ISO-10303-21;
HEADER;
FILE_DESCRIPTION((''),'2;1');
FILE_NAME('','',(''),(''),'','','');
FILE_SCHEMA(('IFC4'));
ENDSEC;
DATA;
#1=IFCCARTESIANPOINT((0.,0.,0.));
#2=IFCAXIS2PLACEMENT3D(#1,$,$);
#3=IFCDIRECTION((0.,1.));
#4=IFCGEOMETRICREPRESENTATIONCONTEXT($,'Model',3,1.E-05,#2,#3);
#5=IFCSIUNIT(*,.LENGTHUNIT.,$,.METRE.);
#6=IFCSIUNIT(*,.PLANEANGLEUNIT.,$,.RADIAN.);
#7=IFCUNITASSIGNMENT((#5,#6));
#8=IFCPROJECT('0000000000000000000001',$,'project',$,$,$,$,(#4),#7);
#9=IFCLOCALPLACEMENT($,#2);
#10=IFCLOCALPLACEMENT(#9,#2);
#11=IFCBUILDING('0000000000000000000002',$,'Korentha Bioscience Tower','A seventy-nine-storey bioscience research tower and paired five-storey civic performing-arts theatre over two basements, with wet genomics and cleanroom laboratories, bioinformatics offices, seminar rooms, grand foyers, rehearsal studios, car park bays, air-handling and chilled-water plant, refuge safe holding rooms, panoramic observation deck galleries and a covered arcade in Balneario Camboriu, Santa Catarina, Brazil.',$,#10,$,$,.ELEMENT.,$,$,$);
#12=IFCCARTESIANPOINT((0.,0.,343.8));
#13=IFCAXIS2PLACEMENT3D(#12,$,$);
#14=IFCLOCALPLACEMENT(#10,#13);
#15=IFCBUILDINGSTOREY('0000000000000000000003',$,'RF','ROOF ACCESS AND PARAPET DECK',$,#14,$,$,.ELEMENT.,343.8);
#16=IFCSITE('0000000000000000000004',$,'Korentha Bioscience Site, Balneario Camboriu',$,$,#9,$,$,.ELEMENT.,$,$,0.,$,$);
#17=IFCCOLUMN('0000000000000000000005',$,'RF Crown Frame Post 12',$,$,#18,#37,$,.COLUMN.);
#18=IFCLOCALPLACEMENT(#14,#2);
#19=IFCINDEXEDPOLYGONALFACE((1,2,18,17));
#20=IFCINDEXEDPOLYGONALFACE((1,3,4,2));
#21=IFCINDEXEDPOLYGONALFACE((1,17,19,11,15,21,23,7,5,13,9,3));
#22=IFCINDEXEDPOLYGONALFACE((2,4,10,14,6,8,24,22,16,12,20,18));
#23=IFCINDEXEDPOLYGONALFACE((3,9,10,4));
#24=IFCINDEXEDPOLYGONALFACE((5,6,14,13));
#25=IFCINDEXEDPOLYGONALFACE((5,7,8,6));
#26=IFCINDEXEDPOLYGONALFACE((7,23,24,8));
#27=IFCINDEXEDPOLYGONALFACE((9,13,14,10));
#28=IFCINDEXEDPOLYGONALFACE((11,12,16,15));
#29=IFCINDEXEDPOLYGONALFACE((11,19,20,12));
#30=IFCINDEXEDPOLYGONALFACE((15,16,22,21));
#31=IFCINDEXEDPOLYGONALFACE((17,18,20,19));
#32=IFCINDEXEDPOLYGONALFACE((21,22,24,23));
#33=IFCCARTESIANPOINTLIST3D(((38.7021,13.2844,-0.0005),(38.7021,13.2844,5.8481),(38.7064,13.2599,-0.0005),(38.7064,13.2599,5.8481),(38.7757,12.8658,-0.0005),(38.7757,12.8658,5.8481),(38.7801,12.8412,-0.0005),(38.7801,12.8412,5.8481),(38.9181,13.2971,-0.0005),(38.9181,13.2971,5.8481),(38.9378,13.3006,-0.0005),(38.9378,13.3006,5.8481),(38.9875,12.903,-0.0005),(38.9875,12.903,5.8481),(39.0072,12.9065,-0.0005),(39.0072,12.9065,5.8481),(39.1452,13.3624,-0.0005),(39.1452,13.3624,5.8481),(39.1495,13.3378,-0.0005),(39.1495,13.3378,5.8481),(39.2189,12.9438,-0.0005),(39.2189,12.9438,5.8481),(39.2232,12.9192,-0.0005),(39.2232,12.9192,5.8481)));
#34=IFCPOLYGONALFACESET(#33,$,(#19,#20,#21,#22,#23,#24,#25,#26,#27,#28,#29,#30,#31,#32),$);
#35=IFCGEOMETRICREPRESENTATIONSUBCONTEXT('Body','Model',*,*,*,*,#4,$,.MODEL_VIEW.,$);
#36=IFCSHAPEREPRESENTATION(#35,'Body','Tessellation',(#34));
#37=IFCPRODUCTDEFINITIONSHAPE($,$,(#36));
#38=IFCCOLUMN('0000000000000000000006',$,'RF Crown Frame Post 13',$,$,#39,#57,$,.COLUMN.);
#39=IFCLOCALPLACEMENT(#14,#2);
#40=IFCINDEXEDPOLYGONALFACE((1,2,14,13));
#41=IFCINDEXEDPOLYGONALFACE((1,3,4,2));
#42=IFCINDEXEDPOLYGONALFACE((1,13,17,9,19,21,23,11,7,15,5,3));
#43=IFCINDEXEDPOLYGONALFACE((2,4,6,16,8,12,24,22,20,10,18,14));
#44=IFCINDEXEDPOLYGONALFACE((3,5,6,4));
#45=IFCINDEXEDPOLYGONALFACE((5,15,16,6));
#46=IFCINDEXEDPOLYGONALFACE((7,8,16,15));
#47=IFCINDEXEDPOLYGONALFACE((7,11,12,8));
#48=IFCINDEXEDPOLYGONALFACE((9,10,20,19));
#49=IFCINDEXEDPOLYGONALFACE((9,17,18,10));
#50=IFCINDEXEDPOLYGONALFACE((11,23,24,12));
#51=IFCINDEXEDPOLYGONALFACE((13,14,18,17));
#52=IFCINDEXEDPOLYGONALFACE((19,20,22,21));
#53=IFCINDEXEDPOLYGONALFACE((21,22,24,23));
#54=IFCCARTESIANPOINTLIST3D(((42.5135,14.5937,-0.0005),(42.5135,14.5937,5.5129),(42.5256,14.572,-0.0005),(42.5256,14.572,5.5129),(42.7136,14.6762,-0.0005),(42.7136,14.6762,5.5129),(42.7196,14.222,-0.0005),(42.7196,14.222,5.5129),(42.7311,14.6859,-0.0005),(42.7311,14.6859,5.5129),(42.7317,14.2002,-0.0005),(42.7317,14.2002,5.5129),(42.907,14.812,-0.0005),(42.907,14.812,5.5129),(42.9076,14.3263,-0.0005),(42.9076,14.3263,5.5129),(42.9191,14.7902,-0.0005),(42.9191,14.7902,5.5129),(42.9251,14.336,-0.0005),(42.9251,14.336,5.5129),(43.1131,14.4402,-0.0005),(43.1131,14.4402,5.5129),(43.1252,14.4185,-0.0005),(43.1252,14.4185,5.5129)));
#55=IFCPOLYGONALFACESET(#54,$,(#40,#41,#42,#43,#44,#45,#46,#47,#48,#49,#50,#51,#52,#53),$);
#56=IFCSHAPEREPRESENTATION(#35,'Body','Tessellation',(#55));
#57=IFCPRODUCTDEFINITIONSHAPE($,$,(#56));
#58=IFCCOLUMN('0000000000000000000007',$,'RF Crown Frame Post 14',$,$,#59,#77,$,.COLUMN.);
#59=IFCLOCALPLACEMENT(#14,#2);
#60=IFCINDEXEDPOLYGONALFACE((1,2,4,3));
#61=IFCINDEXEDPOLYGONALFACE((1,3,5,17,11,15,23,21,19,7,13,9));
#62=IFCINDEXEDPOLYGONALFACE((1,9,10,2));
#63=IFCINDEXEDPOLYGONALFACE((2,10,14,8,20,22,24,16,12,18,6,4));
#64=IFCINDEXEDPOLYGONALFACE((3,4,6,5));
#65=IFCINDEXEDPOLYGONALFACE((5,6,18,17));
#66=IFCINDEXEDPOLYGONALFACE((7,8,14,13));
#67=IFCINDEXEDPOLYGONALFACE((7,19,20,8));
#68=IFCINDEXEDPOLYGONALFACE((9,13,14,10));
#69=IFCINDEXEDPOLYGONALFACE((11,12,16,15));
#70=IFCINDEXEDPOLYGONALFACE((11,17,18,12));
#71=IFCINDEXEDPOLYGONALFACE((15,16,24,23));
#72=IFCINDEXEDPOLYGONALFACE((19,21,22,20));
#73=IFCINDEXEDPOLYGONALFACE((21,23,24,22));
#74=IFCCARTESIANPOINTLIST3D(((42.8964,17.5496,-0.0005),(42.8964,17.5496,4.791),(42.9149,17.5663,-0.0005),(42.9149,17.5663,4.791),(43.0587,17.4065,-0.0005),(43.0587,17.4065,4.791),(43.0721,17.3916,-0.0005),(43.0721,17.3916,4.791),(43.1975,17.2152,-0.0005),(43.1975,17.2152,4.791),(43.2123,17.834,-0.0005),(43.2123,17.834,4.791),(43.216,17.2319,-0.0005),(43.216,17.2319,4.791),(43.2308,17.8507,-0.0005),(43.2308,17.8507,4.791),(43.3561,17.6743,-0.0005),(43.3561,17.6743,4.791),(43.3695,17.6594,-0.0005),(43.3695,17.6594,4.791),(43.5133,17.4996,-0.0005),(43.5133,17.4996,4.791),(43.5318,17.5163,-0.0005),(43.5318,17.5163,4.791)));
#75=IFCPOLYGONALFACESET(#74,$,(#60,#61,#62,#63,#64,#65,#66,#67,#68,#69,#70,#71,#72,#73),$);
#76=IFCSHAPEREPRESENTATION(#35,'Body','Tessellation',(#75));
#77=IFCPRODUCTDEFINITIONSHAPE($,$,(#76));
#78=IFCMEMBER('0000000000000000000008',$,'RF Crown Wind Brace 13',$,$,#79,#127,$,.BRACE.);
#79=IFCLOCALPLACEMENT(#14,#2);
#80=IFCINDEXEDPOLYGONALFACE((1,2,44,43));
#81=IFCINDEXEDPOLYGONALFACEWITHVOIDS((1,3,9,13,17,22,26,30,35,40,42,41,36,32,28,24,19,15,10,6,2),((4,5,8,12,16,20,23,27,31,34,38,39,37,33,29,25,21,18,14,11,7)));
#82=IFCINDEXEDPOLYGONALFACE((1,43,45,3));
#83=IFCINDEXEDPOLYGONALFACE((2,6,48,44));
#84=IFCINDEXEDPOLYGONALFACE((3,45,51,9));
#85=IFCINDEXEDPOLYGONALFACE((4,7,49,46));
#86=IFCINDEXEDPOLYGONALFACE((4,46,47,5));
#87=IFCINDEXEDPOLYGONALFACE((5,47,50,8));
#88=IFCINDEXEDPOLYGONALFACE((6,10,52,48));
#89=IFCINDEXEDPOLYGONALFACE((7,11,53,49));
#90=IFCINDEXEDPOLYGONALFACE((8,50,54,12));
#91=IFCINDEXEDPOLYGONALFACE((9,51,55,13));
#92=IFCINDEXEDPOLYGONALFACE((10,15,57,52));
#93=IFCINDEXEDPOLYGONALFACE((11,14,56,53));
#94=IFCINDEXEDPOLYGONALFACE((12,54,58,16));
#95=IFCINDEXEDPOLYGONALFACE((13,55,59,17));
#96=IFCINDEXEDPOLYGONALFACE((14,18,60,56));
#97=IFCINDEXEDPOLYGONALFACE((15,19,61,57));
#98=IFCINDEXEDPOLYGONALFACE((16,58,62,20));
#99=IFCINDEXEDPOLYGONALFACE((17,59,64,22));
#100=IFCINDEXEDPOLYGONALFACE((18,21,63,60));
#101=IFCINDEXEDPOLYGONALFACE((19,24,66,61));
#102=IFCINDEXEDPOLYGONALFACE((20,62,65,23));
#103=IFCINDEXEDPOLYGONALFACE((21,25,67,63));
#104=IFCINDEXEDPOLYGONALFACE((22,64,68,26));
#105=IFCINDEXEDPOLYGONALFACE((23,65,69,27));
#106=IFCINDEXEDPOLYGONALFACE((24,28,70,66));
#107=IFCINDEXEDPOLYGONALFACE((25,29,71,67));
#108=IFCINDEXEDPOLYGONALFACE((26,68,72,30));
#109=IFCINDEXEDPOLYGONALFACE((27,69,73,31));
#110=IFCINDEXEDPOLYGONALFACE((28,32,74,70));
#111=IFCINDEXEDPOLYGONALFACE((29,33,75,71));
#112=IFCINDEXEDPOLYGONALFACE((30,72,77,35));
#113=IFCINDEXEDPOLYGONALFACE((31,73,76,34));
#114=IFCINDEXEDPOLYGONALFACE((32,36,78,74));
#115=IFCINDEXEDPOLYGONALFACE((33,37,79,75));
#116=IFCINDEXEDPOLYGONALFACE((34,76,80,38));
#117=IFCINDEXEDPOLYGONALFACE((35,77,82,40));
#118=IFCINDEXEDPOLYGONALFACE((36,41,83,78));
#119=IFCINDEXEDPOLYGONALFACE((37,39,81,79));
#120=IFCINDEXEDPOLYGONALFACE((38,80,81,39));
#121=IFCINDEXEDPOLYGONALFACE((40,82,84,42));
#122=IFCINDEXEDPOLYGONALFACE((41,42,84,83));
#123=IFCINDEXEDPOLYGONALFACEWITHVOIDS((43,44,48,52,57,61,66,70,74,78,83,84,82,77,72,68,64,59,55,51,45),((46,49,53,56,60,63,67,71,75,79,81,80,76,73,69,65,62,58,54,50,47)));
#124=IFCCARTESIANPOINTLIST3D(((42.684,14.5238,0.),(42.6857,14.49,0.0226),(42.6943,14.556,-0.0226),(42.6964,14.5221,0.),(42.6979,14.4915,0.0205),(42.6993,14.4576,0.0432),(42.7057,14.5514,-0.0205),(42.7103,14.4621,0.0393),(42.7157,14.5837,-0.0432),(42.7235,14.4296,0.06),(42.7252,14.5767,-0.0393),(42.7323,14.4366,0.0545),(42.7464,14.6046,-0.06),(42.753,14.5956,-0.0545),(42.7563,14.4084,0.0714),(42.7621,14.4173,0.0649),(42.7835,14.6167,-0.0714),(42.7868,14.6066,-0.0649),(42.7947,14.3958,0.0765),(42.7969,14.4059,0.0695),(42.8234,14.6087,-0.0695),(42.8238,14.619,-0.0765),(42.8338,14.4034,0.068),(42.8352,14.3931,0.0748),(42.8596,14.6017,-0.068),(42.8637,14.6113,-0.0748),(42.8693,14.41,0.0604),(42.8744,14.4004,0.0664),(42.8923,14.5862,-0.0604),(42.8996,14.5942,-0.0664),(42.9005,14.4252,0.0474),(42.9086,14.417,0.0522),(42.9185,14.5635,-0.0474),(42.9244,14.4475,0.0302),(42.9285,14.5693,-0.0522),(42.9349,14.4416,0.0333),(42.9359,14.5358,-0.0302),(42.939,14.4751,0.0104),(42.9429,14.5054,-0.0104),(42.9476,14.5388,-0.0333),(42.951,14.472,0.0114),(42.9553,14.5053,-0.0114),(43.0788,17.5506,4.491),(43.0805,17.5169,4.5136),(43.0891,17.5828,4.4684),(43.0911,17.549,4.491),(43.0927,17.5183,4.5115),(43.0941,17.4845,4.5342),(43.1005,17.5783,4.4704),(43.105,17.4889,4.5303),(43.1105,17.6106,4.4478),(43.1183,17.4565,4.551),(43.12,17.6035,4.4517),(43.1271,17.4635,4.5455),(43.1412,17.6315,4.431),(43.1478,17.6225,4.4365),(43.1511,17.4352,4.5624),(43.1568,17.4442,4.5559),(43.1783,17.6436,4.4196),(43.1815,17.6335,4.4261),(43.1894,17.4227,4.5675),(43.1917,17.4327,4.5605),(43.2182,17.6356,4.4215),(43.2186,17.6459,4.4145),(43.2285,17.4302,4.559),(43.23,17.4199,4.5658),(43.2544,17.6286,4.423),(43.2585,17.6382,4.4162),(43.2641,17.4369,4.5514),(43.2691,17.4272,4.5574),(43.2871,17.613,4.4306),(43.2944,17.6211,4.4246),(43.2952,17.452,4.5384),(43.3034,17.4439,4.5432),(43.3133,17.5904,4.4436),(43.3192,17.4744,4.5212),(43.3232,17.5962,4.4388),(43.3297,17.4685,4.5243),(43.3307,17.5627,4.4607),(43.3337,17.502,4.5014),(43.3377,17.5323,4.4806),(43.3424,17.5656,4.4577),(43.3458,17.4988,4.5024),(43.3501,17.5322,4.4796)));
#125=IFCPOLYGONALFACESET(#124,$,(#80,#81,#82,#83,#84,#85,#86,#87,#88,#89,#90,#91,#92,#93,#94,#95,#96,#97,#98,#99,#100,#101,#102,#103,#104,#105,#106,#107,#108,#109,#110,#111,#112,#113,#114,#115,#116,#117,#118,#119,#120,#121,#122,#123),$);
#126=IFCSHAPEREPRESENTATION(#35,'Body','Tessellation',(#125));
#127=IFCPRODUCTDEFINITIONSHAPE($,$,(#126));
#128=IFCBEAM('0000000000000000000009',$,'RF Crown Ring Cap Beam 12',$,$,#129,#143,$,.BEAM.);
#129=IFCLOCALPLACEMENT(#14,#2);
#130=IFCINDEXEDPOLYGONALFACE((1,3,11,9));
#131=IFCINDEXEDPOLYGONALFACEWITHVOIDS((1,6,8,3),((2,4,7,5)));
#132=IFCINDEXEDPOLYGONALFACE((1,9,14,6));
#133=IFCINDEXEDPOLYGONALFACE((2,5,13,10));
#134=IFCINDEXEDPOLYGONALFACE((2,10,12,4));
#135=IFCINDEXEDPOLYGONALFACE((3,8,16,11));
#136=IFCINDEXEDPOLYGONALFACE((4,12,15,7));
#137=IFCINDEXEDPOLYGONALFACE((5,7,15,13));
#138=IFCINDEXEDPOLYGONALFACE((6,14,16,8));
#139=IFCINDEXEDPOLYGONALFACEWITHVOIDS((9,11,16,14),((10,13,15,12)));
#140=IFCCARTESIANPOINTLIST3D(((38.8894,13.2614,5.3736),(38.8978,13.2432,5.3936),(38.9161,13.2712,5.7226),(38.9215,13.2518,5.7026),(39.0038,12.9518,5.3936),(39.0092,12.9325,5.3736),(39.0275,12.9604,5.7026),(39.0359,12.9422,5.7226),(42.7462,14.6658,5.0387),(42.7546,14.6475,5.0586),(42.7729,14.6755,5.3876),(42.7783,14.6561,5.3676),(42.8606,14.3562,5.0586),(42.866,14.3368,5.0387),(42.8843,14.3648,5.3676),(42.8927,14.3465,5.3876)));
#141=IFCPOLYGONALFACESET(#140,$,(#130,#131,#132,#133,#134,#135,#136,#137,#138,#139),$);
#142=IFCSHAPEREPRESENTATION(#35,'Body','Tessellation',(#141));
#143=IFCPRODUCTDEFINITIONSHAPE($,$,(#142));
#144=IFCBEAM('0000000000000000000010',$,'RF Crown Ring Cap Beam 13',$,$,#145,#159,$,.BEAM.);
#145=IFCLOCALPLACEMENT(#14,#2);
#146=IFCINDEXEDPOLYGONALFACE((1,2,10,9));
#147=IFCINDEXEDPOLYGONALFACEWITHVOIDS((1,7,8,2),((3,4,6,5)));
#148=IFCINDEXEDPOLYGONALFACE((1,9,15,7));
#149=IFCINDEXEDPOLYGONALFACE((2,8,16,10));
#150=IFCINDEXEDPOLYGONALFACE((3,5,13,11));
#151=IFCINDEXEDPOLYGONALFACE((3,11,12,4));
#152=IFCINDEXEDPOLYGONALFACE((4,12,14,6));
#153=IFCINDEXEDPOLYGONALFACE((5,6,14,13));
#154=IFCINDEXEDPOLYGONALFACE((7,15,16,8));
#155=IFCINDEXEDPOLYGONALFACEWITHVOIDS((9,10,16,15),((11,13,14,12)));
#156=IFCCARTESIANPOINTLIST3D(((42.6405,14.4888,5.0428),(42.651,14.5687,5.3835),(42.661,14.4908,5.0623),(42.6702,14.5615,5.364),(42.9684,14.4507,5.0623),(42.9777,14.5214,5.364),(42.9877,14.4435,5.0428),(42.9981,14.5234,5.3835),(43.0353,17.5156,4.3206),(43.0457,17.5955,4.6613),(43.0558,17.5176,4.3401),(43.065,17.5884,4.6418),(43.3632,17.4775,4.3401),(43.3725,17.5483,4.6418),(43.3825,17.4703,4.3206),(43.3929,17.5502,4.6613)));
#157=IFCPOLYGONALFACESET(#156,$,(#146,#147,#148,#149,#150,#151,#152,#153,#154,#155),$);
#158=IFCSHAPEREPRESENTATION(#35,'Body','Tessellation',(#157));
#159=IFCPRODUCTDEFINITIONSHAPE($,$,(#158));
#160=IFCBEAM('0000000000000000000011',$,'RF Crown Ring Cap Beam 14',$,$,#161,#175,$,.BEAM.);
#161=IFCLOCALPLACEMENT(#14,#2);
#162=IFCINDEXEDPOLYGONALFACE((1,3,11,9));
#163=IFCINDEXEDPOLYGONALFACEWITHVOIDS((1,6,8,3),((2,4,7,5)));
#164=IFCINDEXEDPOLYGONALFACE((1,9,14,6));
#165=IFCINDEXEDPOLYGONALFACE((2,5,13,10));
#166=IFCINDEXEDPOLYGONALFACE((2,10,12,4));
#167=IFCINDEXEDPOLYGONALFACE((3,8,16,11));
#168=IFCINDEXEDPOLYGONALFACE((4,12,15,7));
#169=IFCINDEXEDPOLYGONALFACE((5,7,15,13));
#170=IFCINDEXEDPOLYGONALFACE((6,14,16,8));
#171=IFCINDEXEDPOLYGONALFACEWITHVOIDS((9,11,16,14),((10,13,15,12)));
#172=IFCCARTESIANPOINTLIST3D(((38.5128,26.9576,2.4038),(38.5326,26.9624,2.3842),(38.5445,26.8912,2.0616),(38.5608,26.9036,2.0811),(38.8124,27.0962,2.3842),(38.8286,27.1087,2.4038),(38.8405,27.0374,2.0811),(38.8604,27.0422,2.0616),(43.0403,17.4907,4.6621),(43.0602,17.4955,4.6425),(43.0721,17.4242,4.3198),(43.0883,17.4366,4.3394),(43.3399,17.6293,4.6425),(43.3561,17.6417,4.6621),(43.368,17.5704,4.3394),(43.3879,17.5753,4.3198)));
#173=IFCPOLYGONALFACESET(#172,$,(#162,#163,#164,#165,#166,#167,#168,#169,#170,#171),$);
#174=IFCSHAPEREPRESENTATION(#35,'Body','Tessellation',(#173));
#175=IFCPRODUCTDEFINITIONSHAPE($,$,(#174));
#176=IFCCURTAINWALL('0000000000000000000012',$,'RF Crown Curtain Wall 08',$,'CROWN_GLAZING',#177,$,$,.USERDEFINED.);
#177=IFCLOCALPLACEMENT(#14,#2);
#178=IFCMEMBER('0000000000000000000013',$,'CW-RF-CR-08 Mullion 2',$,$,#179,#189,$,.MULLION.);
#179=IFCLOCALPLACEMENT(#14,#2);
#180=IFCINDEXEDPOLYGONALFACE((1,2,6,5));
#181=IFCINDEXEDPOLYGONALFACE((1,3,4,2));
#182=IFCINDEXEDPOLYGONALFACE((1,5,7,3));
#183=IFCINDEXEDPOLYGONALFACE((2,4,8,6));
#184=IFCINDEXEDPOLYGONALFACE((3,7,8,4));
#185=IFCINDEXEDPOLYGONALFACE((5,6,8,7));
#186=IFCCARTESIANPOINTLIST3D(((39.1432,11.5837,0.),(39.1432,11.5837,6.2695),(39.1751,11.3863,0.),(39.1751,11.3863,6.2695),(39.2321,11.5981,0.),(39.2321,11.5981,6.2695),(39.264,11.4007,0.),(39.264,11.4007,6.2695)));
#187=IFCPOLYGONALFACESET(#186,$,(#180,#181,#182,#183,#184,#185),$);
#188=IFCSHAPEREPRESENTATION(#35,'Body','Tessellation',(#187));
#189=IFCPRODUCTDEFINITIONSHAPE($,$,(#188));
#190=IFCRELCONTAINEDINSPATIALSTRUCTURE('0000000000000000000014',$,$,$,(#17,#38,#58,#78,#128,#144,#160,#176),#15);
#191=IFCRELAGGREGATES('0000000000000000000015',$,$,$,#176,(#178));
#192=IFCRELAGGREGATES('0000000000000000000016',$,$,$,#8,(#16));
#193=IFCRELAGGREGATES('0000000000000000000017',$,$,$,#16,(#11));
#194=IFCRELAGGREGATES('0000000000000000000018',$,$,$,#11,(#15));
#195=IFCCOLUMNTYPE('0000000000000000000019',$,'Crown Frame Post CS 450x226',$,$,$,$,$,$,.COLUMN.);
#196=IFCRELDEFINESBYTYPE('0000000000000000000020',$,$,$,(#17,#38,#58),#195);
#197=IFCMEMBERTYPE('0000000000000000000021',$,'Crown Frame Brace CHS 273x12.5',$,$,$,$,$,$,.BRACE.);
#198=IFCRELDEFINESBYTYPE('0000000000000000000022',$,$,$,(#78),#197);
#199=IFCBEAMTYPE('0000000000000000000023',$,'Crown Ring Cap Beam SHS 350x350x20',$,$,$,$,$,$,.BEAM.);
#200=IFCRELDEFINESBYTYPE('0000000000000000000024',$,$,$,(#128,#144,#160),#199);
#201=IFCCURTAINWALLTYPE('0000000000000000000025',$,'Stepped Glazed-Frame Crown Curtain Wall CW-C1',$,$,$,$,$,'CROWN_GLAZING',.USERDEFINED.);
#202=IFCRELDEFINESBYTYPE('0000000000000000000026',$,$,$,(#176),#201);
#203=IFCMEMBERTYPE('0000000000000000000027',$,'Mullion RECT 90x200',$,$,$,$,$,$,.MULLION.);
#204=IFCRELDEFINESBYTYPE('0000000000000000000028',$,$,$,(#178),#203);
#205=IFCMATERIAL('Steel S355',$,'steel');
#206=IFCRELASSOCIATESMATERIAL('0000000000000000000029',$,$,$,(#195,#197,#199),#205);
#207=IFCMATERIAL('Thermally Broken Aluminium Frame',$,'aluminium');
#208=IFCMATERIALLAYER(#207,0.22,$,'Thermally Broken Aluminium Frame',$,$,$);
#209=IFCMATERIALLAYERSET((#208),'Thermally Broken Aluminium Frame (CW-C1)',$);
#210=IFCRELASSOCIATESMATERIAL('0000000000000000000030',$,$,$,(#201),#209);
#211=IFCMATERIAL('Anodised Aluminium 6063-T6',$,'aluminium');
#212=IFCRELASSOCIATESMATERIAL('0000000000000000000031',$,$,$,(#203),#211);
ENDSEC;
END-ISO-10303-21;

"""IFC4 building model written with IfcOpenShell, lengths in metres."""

from ifc_helpers import new_model, si_unit, direction, frame, origin, origin_2d, place, context, subcontext, project, spatial, rectangle, hollow_rectangle, hollow_circle, i_section, extrude, material, layer, layer_set, material_profile, profile_set, type_object, element, aggregate, save


model = new_model("IFC4")

# Units and contexts
model_context = context("Model", 3, precision=1e-05, world=origin(), true_north=direction((0.0, 1.0)))
body_context = subcontext(model_context, "Body", "Model", "MODEL_VIEW")
ifc_project = project(units=[si_unit("LENGTHUNIT", "METRE"), si_unit("PLANEANGLEUNIT", "RADIAN")], contexts=[model_context])

# Site, building, storey
site_placement = place(None, origin())
site = spatial("IfcSite", under=ifc_project, at=site_placement, Name="Korentha Bioscience Site, Balneario Camboriu", CompositionType="ELEMENT", RefElevation=0.0)
building_placement = place(site_placement, origin())
building = spatial("IfcBuilding", under=site, at=building_placement, Name="Korentha Bioscience Tower", Description="A seventy-nine-storey bioscience research tower and paired five-storey civic performing-arts theatre over two basements, with wet genomics and cleanroom laboratories, bioinformatics offices, seminar rooms, grand foyers, rehearsal studios, car park bays, air-handling and chilled-water plant, refuge safe holding rooms, panoramic observation deck galleries and a covered arcade in Balneario Camboriu, Santa Catarina, Brazil.", CompositionType="ELEMENT")
storey_placement = place(building_placement, frame((0.0, 0.0, 343.8)))
storey = spatial("IfcBuildingStorey", under=building, at=storey_placement, Name="RF", Description="ROOF ACCESS AND PARAPET DECK", CompositionType="ELEMENT", Elevation=343.8)

# Columns
ifc_material_1 = material(Name="Steel S355", Category="steel")
ifc_material_profile_1 = material_profile(ifc_material_1, i_section(OverallWidth=0.45, OverallDepth=0.45, WebThickness=0.02, FlangeThickness=0.0249, at=origin_2d()), Name="Steel S355")
ifc_profile_set_1 = profile_set([ifc_material_profile_1], Name="Steel S355 (CF-C1)")
column_type = type_object("IfcColumnType", Name="Crown Frame Post CS 450x226", PredefinedType="COLUMN", material=ifc_profile_set_1)
column_1_placement = place(storey_placement, frame((38.9626, 13.1018, -0.0005), z_axis=(0.0, 0.0, 1.0), x_axis=(0.984868, 0.173304, 0.0)))
element("IfcColumn", 1, at=column_1_placement, inside=storey, type_object=column_type, Name="RF Crown Frame Post 12", PredefinedType="COLUMN", context=body_context, shape_type="SweptSolid", body=[
    extrude(i_section(OverallWidth=0.45, OverallDepth=0.45, WebThickness=0.02, FlangeThickness=0.0249, at=origin_2d()), origin(), (0.0, 0.0, 1.0), 5.8486),
])
column_2_placement = place(storey_placement, frame((42.8193, 14.5061, -0.0005), z_axis=(0.0, 0.0, 1.0), x_axis=(0.874535, 0.484962, 0.0)))
element("IfcColumn", 2, at=column_2_placement, inside=storey, type_object=column_type, Name="RF Crown Frame Post 13", PredefinedType="COLUMN", context=body_context, shape_type="SweptSolid", body=[
    extrude(i_section(OverallWidth=0.45, OverallDepth=0.45, WebThickness=0.02, FlangeThickness=0.0249, at=origin_2d()), origin(), (0.0, 0.0, 1.0), 5.5134),
])
column_3_placement = place(storey_placement, frame((43.2141, 17.533, -0.0005), z_axis=(0.0, 0.0, 1.0), x_axis=(-0.669131, 0.743145, 0.0)))
element("IfcColumn", 3, at=column_3_placement, inside=storey, type_object=column_type, Name="RF Crown Frame Post 14", PredefinedType="COLUMN", context=body_context, shape_type="SweptSolid", body=[
    extrude(i_section(OverallWidth=0.45, OverallDepth=0.45, WebThickness=0.02, FlangeThickness=0.0249, at=origin_2d()), origin(), (0.0, 0.0, 1.0), 4.7915),
])

# Member
ifc_material_profile_2 = material_profile(ifc_material_1, hollow_circle(Radius=0.1365, WallThickness=0.0125, at=origin_2d()), Name="Steel S355")
ifc_profile_set_2 = profile_set([ifc_material_profile_2], Name="Steel S355 (CF-BR273)")
member_type_1 = type_object("IfcMemberType", Name="Crown Frame Brace CHS 273x12.5", PredefinedType="BRACE", material=ifc_profile_set_2)
member_1_placement = place(storey_placement, frame((42.8193, 14.5061, 0.0), z_axis=(0.072701, 0.557417, 0.827043), x_axis=(-0.991602, 0.129329, 0.0)))
element("IfcMember", 4, at=member_1_placement, inside=storey, type_object=member_type_1, Name="RF Crown Wind Brace 13", PredefinedType="BRACE", context=body_context, shape_type="SweptSolid", body=[
    extrude(hollow_circle(Radius=0.1365, WallThickness=0.0125, at=origin_2d()), origin(), (0.0, 0.0, 1.0), 5.4302),
])

# Beams
ifc_material_profile_3 = material_profile(ifc_material_1, hollow_rectangle(XDim=0.3501, YDim=0.3501, WallThickness=0.02, at=origin_2d()), Name="Steel S355")
ifc_profile_set_3 = profile_set([ifc_material_profile_3], Name="Steel S355 (CF-RB1)")
beam_type = type_object("IfcBeamType", Name="Crown Ring Cap Beam SHS 350x350x20", PredefinedType="BEAM", material=ifc_profile_set_3)
beam_1_placement = place(storey_placement, frame((38.9626, 13.1018, 5.5481), z_axis=(0.936534, 0.34101, -0.08134), x_axis=(-0.342144, 0.939647, 0.0)))
element("IfcBeam", 5, at=beam_1_placement, inside=storey, type_object=beam_type, Name="RF Crown Ring Cap Beam 12", PredefinedType="BEAM", context=body_context, shape_type="SweptSolid", body=[
    extrude(hollow_rectangle(XDim=0.3501, YDim=0.3501, WallThickness=0.02, at=origin_2d()), origin(), (0.0, 0.0, 1.0), 4.1182),
])
beam_2_placement = place(storey_placement, frame((42.8193, 14.5061, 5.2131), z_axis=(0.125855, 0.964964, -0.230228), x_axis=(-0.991602, 0.129329, 0.0)))
element("IfcBeam", 6, at=beam_2_placement, inside=storey, type_object=beam_type, Name="RF Crown Ring Cap Beam 13", PredefinedType="BEAM", context=body_context, shape_type="SweptSolid", body=[
    extrude(hollow_rectangle(XDim=0.3501, YDim=0.3501, WallThickness=0.02, at=origin_2d()), origin(), (0.0, 0.0, 1.0), 3.1367),
])
beam_3_placement = place(storey_placement, frame((43.2141, 17.533, 4.491), z_axis=(-0.421789, 0.881948, -0.210383), x_axis=(-0.902139, -0.431446, 0.0)))
element("IfcBeam", 7, at=beam_3_placement, inside=storey, type_object=beam_type, Name="RF Crown Ring Cap Beam 14", PredefinedType="BEAM", context=body_context, shape_type="SweptSolid", body=[
    extrude(hollow_rectangle(XDim=0.3501, YDim=0.3501, WallThickness=0.02, at=origin_2d()), origin(), (0.0, 0.0, 1.0), 10.7341),
])

# Curtain wall, member
ifc_material_2 = material(Name="Thermally Broken Aluminium Frame", Category="aluminium")
ifc_layer_1 = layer(ifc_material_2, 0.22, Name="Thermally Broken Aluminium Frame")
ifc_layer_set_1 = layer_set([ifc_layer_1], Name="Thermally Broken Aluminium Frame (CW-C1)")
curtain_wall_type = type_object("IfcCurtainWallType", Name="Stepped Glazed-Frame Crown Curtain Wall CW-C1", ElementType="CROWN_GLAZING", PredefinedType="USERDEFINED", material=ifc_layer_set_1)
curtain_wall_placement = place(storey_placement, origin())
curtain_wall = element("IfcCurtainWall", 8, at=curtain_wall_placement, inside=storey, type_object=curtain_wall_type, Name="RF Crown Curtain Wall 08", ObjectType="CROWN_GLAZING", PredefinedType="USERDEFINED")
ifc_material_3 = material(Name="Anodised Aluminium 6063-T6", Category="aluminium")
ifc_material_profile_4 = material_profile(ifc_material_3, rectangle(XDim=0.0901, YDim=0.2, at=origin_2d()), Name="Anodised Aluminium 6063-T6")
ifc_profile_set_4 = profile_set([ifc_material_profile_4], Name="Anodised Aluminium 6063-T6 (CW-MUL)")
member_type_2 = type_object("IfcMemberType", Name="Mullion RECT 90x200", PredefinedType="MULLION", material=ifc_profile_set_4)
member_2_placement = place(storey_placement, frame((39.2036, 11.4922, 0.0), z_axis=(0.0, 0.0, 1.0), x_axis=(0.987177, 0.159632, 0.0)))
member_2 = element("IfcMember", 9, at=member_2_placement, type_object=member_type_2, Name="CW-RF-CR-08 Mullion 2", PredefinedType="MULLION", context=body_context, shape_type="SweptSolid", body=[
    extrude(rectangle(XDim=0.0901, YDim=0.2, at=origin_2d()), origin(), (0.0, 0.0, 1.0), 6.2695),
])
aggregate(curtain_wall, [member_2])

save(model, "model.ifc")
